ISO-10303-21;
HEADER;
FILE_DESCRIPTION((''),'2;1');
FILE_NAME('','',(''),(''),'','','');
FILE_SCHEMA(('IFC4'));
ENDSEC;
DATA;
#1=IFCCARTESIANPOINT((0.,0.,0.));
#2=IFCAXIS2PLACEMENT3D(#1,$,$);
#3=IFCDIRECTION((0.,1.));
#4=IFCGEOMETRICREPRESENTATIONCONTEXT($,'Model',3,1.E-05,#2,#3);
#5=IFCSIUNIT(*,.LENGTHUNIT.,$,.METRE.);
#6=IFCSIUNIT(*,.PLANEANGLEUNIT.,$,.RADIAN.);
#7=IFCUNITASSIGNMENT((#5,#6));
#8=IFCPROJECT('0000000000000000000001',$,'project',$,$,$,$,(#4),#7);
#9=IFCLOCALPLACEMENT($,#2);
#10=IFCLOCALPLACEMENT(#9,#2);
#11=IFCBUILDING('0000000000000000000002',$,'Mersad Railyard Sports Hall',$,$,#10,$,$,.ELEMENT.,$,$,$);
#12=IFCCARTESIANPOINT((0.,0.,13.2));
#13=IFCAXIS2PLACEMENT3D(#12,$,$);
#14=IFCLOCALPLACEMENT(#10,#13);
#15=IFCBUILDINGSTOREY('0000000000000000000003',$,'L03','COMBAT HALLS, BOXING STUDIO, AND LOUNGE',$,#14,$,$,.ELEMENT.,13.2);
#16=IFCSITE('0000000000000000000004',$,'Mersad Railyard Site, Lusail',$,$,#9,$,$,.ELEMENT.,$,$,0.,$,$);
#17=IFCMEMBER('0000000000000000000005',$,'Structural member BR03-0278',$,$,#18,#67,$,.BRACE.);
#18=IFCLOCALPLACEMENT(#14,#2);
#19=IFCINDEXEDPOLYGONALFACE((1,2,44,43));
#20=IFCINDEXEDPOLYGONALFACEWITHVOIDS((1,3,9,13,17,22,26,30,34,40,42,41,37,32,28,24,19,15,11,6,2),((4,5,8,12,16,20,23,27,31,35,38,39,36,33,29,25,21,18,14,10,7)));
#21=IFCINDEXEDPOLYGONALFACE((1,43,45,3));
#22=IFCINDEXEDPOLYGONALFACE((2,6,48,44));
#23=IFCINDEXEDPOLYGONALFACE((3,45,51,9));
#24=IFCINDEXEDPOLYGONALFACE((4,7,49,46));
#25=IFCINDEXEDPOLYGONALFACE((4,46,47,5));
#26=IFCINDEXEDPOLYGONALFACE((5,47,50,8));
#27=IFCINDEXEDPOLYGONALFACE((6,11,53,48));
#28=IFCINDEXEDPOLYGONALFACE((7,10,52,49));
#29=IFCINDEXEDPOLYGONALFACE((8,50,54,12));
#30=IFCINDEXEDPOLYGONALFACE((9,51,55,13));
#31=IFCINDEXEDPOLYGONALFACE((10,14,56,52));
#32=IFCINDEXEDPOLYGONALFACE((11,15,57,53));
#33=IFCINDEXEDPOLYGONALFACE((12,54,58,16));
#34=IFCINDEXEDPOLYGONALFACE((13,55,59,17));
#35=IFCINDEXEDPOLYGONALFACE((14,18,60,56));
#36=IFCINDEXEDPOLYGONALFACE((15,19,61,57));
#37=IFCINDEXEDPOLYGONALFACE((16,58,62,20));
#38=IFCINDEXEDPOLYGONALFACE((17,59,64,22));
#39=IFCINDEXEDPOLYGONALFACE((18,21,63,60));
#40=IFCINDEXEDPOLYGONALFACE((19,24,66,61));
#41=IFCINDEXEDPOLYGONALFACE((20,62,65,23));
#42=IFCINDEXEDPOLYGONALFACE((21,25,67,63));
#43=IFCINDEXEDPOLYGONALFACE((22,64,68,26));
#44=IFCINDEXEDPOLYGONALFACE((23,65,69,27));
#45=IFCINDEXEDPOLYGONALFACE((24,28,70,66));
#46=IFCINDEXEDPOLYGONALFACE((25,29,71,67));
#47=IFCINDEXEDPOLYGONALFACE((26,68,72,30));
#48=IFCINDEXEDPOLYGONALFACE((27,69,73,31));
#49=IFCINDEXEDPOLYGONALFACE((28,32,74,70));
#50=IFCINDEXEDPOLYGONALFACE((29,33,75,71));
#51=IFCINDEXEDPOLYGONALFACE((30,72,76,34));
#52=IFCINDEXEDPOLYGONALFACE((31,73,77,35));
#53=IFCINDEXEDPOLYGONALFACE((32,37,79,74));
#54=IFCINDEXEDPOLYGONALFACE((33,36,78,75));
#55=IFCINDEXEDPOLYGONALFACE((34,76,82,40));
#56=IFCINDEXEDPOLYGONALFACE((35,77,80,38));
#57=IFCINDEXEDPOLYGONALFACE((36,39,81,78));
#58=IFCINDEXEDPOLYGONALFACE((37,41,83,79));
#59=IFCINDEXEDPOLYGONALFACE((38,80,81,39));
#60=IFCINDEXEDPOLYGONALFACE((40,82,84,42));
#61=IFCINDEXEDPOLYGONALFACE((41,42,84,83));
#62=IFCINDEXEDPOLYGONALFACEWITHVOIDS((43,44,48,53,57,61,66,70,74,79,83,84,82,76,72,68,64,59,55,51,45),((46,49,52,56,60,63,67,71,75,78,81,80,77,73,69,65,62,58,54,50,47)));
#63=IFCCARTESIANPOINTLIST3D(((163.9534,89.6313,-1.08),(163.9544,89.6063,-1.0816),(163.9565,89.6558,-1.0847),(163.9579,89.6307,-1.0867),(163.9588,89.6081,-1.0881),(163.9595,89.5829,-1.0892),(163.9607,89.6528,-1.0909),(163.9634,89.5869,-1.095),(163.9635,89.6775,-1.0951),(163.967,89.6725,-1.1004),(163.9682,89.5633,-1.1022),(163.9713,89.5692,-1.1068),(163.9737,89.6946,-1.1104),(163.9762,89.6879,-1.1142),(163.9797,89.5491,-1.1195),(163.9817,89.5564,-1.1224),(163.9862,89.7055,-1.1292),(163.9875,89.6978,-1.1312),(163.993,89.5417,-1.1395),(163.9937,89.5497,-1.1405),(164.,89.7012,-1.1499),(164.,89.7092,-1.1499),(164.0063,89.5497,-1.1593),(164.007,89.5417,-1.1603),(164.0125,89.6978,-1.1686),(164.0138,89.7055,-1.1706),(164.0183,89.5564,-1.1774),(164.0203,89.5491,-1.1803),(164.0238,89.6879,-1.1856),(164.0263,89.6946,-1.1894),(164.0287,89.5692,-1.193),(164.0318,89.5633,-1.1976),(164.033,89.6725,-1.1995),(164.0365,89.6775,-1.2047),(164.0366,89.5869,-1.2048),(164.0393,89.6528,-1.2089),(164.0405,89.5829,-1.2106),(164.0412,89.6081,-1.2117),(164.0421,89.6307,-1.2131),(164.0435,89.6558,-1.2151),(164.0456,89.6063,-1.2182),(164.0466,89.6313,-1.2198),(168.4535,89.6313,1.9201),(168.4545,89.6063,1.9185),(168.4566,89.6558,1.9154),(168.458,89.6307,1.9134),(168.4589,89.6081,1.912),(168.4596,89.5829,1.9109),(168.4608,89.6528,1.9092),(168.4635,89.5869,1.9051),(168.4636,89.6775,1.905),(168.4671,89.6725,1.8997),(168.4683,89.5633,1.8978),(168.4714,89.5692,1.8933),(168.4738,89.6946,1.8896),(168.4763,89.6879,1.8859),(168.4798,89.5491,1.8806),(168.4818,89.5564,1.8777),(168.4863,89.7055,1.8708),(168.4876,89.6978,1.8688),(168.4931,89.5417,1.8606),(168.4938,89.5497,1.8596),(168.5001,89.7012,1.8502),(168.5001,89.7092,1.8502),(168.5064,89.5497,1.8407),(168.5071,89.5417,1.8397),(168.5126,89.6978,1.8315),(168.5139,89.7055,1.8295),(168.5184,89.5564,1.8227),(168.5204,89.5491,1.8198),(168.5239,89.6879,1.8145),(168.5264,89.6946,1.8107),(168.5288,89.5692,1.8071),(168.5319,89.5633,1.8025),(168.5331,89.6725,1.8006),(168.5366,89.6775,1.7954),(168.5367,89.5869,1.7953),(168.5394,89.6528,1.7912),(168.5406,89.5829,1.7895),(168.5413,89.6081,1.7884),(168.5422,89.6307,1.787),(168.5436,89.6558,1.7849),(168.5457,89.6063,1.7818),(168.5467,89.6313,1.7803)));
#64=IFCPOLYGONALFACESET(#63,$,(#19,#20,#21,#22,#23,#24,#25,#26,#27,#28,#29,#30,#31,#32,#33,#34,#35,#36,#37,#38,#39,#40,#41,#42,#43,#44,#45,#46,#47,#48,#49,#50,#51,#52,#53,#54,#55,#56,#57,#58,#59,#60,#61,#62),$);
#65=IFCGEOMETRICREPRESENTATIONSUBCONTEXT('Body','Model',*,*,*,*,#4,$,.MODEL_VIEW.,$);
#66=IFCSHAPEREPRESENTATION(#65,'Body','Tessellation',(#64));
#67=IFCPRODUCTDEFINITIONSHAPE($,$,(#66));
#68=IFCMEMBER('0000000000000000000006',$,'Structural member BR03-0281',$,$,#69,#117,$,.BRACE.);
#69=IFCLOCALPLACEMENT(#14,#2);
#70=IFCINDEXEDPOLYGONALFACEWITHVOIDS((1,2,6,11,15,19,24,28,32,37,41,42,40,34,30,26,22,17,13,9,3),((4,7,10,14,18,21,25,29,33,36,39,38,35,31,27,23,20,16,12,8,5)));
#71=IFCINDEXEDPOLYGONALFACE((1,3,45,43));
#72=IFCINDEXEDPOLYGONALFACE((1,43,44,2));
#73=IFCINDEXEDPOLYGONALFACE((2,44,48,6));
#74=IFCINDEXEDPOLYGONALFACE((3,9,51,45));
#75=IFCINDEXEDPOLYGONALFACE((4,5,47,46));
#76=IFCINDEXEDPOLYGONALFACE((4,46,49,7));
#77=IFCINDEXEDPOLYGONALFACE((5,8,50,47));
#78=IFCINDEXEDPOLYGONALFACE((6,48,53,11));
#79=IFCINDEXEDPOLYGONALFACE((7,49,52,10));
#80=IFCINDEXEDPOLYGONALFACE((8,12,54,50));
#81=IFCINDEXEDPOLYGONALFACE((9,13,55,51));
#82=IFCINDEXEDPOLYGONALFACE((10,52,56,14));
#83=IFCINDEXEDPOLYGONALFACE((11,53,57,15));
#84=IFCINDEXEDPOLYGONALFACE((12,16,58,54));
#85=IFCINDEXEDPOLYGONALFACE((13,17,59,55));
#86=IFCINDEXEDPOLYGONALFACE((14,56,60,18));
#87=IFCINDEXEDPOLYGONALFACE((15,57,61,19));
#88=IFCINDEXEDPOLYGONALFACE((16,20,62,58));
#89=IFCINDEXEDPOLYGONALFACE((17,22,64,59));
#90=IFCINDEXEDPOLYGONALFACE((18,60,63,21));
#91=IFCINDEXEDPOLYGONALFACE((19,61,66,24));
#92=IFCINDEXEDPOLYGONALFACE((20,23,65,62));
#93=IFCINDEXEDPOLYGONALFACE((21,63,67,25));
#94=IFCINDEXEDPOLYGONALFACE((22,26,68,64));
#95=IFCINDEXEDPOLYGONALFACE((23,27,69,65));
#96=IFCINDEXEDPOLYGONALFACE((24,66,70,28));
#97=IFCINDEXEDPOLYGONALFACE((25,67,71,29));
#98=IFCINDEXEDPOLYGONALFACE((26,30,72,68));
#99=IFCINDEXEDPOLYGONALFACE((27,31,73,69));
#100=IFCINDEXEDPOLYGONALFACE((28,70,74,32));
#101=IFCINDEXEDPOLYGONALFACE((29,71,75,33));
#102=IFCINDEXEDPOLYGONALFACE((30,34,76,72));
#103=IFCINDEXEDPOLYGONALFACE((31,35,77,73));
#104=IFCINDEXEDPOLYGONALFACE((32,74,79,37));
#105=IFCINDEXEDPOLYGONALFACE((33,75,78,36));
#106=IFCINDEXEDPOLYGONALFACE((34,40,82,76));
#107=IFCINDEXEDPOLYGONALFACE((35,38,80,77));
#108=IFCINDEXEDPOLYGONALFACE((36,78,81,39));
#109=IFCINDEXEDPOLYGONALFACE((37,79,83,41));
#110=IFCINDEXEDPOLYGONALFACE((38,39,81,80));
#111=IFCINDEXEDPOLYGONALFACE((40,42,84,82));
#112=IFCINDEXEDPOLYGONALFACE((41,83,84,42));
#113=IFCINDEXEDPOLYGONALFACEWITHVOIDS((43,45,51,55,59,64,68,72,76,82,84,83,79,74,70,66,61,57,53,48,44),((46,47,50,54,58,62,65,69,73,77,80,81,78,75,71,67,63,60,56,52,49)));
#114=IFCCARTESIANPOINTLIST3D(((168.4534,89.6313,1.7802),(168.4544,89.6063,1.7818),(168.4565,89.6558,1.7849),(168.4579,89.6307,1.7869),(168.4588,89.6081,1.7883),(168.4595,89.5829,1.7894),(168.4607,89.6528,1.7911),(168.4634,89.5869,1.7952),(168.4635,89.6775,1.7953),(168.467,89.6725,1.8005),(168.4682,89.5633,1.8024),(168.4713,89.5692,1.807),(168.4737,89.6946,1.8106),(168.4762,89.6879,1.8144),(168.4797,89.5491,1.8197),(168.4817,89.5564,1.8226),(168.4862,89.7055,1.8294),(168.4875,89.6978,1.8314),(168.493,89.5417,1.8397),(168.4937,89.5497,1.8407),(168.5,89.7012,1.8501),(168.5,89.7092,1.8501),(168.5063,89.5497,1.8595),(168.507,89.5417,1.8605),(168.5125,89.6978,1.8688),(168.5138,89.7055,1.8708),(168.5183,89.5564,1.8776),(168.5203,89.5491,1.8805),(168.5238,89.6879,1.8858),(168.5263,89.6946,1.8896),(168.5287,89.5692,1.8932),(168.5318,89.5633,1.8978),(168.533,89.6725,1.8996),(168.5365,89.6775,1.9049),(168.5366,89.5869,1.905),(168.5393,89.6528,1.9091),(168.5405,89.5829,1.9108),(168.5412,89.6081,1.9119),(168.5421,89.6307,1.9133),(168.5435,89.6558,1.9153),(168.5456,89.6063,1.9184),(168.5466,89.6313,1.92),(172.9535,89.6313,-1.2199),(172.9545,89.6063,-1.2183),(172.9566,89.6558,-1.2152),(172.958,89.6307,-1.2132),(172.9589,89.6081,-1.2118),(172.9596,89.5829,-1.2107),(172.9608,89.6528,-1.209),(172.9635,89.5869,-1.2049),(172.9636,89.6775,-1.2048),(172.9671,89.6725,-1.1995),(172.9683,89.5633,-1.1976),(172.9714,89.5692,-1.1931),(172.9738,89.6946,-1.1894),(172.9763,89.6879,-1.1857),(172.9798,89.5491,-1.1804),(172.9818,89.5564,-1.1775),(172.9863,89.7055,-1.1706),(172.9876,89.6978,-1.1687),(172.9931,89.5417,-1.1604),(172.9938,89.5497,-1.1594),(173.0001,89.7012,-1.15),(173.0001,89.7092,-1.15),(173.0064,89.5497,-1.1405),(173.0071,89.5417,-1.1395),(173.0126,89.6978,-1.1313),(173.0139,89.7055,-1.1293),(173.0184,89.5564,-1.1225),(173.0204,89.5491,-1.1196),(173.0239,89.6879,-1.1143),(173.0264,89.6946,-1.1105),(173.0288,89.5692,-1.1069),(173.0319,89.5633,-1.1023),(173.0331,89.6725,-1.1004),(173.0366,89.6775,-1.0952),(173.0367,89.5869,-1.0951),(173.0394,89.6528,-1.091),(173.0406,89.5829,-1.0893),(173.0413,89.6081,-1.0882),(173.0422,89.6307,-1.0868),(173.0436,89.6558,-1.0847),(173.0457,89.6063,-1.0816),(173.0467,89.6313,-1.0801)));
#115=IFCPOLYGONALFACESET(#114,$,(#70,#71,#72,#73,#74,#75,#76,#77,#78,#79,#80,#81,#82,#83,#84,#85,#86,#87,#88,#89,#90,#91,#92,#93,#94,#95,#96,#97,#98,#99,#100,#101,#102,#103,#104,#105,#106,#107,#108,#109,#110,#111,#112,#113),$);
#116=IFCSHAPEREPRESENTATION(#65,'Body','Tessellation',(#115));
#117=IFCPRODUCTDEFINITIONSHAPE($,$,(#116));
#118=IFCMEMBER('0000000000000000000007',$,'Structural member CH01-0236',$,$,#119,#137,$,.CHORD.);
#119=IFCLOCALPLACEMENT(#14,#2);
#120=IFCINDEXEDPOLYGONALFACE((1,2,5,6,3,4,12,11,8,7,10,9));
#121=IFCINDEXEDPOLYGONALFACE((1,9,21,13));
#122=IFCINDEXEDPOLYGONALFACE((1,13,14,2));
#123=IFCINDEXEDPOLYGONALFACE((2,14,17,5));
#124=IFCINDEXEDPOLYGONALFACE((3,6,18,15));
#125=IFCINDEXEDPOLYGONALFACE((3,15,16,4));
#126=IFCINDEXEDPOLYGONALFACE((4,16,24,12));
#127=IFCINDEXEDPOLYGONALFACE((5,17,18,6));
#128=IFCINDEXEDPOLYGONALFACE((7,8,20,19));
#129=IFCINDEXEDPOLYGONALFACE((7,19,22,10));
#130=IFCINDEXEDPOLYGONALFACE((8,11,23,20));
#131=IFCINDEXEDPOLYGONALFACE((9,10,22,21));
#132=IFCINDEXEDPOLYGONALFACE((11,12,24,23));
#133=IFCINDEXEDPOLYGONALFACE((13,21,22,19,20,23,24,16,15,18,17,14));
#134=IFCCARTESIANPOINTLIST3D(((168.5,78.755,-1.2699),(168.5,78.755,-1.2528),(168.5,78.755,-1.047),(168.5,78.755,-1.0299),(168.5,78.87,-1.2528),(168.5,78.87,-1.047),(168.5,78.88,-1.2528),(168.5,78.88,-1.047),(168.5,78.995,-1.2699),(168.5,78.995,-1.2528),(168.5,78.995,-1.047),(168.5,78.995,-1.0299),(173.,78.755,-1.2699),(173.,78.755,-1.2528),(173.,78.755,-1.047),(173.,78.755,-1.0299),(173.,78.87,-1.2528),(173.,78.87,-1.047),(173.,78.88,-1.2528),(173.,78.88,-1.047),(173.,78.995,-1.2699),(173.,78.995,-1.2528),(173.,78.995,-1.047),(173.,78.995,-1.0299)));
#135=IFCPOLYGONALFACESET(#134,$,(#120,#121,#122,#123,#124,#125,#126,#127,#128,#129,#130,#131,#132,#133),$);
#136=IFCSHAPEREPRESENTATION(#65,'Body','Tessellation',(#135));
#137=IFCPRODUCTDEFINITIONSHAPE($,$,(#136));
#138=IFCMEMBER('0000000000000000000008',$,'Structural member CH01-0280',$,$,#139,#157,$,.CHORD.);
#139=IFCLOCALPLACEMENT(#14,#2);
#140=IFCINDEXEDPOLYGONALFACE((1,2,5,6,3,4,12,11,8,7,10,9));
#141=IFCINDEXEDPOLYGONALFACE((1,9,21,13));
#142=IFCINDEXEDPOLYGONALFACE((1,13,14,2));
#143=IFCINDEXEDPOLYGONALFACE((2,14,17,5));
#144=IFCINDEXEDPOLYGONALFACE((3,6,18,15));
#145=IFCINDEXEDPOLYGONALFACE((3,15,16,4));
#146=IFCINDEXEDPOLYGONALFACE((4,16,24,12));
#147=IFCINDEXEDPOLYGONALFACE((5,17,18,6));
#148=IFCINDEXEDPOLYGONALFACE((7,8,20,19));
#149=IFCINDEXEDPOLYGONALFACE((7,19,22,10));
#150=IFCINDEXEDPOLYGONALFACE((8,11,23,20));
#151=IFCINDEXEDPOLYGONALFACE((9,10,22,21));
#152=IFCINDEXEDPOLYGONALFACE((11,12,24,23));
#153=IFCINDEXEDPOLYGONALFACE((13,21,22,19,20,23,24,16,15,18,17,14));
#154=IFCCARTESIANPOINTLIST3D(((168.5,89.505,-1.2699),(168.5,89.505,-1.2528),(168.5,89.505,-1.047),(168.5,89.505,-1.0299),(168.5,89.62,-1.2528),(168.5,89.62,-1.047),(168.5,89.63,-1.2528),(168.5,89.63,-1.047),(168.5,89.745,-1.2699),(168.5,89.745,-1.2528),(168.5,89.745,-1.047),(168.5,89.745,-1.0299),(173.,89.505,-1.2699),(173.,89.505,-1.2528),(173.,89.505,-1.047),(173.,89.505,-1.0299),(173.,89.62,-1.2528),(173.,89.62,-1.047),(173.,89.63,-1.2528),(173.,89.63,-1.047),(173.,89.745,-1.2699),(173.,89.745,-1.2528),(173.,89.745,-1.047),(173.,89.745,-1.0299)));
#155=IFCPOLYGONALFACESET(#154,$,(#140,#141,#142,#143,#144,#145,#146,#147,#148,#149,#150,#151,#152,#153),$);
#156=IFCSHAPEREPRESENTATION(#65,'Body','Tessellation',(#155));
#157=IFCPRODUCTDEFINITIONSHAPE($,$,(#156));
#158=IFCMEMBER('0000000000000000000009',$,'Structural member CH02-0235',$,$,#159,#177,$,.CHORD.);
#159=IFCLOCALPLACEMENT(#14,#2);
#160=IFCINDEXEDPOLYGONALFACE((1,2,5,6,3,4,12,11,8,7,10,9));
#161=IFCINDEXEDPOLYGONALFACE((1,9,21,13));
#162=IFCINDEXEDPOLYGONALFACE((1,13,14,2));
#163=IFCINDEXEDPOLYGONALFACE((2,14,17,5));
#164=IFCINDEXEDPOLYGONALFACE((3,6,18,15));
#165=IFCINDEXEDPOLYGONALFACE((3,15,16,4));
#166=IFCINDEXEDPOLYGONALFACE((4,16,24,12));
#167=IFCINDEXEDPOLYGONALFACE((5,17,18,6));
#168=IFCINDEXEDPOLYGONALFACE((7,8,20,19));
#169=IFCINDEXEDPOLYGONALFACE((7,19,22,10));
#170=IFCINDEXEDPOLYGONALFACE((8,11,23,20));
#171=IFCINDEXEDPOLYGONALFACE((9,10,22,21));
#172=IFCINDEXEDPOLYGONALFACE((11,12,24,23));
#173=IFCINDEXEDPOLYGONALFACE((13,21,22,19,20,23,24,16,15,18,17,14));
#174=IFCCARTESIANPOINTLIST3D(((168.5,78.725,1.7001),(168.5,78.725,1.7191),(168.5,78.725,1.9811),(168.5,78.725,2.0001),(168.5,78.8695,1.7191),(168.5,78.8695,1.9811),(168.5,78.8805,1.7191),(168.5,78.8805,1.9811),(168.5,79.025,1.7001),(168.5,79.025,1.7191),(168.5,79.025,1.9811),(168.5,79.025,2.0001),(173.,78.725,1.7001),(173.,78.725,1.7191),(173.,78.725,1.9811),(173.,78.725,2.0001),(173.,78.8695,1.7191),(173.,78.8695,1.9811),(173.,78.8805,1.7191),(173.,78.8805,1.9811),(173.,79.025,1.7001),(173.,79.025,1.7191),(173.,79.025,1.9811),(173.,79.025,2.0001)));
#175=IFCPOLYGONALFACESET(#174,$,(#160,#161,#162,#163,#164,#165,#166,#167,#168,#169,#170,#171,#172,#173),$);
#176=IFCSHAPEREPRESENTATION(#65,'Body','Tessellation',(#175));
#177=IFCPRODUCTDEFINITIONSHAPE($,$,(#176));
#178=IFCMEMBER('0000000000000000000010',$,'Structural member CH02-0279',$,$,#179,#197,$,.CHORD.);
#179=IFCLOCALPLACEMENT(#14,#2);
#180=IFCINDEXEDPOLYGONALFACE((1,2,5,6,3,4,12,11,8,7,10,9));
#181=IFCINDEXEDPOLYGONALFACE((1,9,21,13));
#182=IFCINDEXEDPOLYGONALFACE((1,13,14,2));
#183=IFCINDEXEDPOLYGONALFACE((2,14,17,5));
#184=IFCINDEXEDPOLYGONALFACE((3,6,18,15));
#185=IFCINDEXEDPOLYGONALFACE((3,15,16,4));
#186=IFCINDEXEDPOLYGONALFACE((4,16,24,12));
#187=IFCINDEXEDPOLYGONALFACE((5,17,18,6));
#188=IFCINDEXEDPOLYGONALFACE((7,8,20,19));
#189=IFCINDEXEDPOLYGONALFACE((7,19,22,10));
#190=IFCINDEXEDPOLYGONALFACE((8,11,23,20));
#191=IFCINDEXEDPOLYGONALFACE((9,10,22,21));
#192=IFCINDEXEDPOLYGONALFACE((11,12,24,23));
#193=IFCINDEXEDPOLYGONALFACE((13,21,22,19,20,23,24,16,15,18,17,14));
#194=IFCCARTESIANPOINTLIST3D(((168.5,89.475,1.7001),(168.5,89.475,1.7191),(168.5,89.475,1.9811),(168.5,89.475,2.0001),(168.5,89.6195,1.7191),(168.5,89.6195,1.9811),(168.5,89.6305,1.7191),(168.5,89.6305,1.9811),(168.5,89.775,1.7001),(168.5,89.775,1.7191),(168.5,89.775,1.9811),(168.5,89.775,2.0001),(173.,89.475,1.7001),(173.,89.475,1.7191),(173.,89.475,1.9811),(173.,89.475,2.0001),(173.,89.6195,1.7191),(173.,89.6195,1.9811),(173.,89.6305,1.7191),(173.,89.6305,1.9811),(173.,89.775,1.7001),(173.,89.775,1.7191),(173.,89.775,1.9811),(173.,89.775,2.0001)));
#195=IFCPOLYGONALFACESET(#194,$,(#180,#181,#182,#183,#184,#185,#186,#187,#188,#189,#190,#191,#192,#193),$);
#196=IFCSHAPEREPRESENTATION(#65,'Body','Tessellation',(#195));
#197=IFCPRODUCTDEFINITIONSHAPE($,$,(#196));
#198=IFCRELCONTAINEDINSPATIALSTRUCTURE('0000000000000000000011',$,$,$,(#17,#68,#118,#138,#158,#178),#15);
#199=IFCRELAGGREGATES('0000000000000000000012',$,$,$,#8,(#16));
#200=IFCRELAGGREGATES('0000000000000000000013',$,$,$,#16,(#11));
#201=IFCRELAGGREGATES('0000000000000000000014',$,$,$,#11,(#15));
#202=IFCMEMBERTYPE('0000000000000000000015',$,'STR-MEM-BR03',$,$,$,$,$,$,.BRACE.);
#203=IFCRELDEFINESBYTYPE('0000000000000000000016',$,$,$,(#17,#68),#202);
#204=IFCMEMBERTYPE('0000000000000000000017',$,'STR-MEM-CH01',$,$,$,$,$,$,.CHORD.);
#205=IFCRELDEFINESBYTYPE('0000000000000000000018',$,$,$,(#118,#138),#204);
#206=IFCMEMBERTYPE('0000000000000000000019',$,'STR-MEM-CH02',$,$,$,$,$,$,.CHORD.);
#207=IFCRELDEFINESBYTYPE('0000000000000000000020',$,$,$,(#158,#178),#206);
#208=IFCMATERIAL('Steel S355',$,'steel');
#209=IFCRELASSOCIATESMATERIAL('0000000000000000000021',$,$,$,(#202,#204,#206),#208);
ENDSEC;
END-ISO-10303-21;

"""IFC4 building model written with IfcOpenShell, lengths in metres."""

from ifc_helpers import new_model, si_unit, direction, frame, origin, origin_2d, place, context, subcontext, project, spatial, hollow_circle, i_section, extrude, material, material_profile, profile_set, type_object, element, save


model = new_model("IFC4")

# Units and contexts
model_context = context("Model", 3, precision=1e-05, world=origin(), true_north=direction((0.0, 1.0)))
body_context = subcontext(model_context, "Body", "Model", "MODEL_VIEW")
ifc_project = project(units=[si_unit("LENGTHUNIT", "METRE"), si_unit("PLANEANGLEUNIT", "RADIAN")], contexts=[model_context])

# Site, building, storey
site_placement = place(None, origin())
site = spatial("IfcSite", under=ifc_project, at=site_placement, Name="Mersad Railyard Site, Lusail", CompositionType="ELEMENT", RefElevation=0.0)
building_placement = place(site_placement, origin())
building = spatial("IfcBuilding", under=site, at=building_placement, Name="Mersad Railyard Sports Hall", CompositionType="ELEMENT")
storey_placement = place(building_placement, frame((0.0, 0.0, 13.2)))
storey = spatial("IfcBuildingStorey", under=building, at=storey_placement, Name="L03", Description="COMBAT HALLS, BOXING STUDIO, AND LOUNGE", CompositionType="ELEMENT", Elevation=13.2)

# Members
ifc_material_1 = material(Name="Steel S355", Category="steel")
ifc_material_profile_1 = material_profile(ifc_material_1, hollow_circle(Radius=0.0842, WallThickness=0.0081, at=origin_2d()), Name="CHS 168.3x8")
ifc_profile_set_1 = profile_set([ifc_material_profile_1], Name="Steel S355")
member_type_1 = type_object("IfcMemberType", Name="STR-MEM-BR03", PredefinedType="BRACE", material=ifc_profile_set_1)
for number, where, z_axis, x_axis, name in (
    (1, (164.0, 89.625, -1.1499), (0.83205, 0.0, 0.5547), (0.0, 1.0, 0.0), "Structural member BR03-0278"),
    (2, (168.5, 89.625, 1.8501), (0.83205, 0.0, -0.5547), (0.0, 1.0, 0.0), "Structural member BR03-0281"),
):
    element("IfcMember", number, at=place(storey_placement, frame(where, z_axis=z_axis, x_axis=x_axis)), inside=storey, type_object=member_type_1, Name=name, PredefinedType="BRACE", context=body_context, shape_type="SweptSolid", body=[
        extrude(hollow_circle(Radius=0.0842, WallThickness=0.0081, at=origin_2d()), origin(), (0.0, 0.0, 1.0), 5.4084),
    ])
ifc_material_profile_2 = material_profile(ifc_material_1, i_section(OverallWidth=0.24, OverallDepth=0.24, WebThickness=0.01, FlangeThickness=0.0171, at=origin_2d()), Name="HEB 240")
ifc_profile_set_2 = profile_set([ifc_material_profile_2], Name="Steel S355")
member_type_2 = type_object("IfcMemberType", Name="STR-MEM-CH01", PredefinedType="CHORD", material=ifc_profile_set_2)
for number, where, z_axis, x_axis, name in (
    (3, (168.5, 78.875, -1.1499), (1.0, 0.0, 0.0), (0.0, 1.0, 0.0), "Structural member CH01-0236"),
    (4, (168.5, 89.625, -1.1499), (1.0, 0.0, 0.0), (0.0, 1.0, 0.0), "Structural member CH01-0280"),
):
    element("IfcMember", number, at=place(storey_placement, frame(where, z_axis=z_axis, x_axis=x_axis)), inside=storey, type_object=member_type_2, Name=name, PredefinedType="CHORD", context=body_context, shape_type="SweptSolid", body=[
        extrude(i_section(OverallWidth=0.24, OverallDepth=0.24, WebThickness=0.01, FlangeThickness=0.0171, at=origin_2d()), origin(), (0.0, 0.0, 1.0), 4.5),
    ])
ifc_material_profile_3 = material_profile(ifc_material_1, i_section(OverallWidth=0.3, OverallDepth=0.3, WebThickness=0.011, FlangeThickness=0.019, at=origin_2d()), Name="HEB 300")
ifc_profile_set_3 = profile_set([ifc_material_profile_3], Name="Steel S355")
member_type_3 = type_object("IfcMemberType", Name="STR-MEM-CH02", PredefinedType="CHORD", material=ifc_profile_set_3)
for number, where, z_axis, x_axis, name in (
    (5, (168.5, 78.875, 1.8501), (1.0, 0.0, 0.0), (0.0, 1.0, 0.0), "Structural member CH02-0235"),
    (6, (168.5, 89.625, 1.8501), (1.0, 0.0, 0.0), (0.0, 1.0, 0.0), "Structural member CH02-0279"),
):
    element("IfcMember", number, at=place(storey_placement, frame(where, z_axis=z_axis, x_axis=x_axis)), inside=storey, type_object=member_type_3, Name=name, PredefinedType="CHORD", context=body_context, shape_type="SweptSolid", body=[
        extrude(i_section(OverallWidth=0.3, OverallDepth=0.3, WebThickness=0.011, FlangeThickness=0.019, at=origin_2d()), origin(), (0.0, 0.0, 1.0), 4.5),
    ])

save(model, "model.ifc")
